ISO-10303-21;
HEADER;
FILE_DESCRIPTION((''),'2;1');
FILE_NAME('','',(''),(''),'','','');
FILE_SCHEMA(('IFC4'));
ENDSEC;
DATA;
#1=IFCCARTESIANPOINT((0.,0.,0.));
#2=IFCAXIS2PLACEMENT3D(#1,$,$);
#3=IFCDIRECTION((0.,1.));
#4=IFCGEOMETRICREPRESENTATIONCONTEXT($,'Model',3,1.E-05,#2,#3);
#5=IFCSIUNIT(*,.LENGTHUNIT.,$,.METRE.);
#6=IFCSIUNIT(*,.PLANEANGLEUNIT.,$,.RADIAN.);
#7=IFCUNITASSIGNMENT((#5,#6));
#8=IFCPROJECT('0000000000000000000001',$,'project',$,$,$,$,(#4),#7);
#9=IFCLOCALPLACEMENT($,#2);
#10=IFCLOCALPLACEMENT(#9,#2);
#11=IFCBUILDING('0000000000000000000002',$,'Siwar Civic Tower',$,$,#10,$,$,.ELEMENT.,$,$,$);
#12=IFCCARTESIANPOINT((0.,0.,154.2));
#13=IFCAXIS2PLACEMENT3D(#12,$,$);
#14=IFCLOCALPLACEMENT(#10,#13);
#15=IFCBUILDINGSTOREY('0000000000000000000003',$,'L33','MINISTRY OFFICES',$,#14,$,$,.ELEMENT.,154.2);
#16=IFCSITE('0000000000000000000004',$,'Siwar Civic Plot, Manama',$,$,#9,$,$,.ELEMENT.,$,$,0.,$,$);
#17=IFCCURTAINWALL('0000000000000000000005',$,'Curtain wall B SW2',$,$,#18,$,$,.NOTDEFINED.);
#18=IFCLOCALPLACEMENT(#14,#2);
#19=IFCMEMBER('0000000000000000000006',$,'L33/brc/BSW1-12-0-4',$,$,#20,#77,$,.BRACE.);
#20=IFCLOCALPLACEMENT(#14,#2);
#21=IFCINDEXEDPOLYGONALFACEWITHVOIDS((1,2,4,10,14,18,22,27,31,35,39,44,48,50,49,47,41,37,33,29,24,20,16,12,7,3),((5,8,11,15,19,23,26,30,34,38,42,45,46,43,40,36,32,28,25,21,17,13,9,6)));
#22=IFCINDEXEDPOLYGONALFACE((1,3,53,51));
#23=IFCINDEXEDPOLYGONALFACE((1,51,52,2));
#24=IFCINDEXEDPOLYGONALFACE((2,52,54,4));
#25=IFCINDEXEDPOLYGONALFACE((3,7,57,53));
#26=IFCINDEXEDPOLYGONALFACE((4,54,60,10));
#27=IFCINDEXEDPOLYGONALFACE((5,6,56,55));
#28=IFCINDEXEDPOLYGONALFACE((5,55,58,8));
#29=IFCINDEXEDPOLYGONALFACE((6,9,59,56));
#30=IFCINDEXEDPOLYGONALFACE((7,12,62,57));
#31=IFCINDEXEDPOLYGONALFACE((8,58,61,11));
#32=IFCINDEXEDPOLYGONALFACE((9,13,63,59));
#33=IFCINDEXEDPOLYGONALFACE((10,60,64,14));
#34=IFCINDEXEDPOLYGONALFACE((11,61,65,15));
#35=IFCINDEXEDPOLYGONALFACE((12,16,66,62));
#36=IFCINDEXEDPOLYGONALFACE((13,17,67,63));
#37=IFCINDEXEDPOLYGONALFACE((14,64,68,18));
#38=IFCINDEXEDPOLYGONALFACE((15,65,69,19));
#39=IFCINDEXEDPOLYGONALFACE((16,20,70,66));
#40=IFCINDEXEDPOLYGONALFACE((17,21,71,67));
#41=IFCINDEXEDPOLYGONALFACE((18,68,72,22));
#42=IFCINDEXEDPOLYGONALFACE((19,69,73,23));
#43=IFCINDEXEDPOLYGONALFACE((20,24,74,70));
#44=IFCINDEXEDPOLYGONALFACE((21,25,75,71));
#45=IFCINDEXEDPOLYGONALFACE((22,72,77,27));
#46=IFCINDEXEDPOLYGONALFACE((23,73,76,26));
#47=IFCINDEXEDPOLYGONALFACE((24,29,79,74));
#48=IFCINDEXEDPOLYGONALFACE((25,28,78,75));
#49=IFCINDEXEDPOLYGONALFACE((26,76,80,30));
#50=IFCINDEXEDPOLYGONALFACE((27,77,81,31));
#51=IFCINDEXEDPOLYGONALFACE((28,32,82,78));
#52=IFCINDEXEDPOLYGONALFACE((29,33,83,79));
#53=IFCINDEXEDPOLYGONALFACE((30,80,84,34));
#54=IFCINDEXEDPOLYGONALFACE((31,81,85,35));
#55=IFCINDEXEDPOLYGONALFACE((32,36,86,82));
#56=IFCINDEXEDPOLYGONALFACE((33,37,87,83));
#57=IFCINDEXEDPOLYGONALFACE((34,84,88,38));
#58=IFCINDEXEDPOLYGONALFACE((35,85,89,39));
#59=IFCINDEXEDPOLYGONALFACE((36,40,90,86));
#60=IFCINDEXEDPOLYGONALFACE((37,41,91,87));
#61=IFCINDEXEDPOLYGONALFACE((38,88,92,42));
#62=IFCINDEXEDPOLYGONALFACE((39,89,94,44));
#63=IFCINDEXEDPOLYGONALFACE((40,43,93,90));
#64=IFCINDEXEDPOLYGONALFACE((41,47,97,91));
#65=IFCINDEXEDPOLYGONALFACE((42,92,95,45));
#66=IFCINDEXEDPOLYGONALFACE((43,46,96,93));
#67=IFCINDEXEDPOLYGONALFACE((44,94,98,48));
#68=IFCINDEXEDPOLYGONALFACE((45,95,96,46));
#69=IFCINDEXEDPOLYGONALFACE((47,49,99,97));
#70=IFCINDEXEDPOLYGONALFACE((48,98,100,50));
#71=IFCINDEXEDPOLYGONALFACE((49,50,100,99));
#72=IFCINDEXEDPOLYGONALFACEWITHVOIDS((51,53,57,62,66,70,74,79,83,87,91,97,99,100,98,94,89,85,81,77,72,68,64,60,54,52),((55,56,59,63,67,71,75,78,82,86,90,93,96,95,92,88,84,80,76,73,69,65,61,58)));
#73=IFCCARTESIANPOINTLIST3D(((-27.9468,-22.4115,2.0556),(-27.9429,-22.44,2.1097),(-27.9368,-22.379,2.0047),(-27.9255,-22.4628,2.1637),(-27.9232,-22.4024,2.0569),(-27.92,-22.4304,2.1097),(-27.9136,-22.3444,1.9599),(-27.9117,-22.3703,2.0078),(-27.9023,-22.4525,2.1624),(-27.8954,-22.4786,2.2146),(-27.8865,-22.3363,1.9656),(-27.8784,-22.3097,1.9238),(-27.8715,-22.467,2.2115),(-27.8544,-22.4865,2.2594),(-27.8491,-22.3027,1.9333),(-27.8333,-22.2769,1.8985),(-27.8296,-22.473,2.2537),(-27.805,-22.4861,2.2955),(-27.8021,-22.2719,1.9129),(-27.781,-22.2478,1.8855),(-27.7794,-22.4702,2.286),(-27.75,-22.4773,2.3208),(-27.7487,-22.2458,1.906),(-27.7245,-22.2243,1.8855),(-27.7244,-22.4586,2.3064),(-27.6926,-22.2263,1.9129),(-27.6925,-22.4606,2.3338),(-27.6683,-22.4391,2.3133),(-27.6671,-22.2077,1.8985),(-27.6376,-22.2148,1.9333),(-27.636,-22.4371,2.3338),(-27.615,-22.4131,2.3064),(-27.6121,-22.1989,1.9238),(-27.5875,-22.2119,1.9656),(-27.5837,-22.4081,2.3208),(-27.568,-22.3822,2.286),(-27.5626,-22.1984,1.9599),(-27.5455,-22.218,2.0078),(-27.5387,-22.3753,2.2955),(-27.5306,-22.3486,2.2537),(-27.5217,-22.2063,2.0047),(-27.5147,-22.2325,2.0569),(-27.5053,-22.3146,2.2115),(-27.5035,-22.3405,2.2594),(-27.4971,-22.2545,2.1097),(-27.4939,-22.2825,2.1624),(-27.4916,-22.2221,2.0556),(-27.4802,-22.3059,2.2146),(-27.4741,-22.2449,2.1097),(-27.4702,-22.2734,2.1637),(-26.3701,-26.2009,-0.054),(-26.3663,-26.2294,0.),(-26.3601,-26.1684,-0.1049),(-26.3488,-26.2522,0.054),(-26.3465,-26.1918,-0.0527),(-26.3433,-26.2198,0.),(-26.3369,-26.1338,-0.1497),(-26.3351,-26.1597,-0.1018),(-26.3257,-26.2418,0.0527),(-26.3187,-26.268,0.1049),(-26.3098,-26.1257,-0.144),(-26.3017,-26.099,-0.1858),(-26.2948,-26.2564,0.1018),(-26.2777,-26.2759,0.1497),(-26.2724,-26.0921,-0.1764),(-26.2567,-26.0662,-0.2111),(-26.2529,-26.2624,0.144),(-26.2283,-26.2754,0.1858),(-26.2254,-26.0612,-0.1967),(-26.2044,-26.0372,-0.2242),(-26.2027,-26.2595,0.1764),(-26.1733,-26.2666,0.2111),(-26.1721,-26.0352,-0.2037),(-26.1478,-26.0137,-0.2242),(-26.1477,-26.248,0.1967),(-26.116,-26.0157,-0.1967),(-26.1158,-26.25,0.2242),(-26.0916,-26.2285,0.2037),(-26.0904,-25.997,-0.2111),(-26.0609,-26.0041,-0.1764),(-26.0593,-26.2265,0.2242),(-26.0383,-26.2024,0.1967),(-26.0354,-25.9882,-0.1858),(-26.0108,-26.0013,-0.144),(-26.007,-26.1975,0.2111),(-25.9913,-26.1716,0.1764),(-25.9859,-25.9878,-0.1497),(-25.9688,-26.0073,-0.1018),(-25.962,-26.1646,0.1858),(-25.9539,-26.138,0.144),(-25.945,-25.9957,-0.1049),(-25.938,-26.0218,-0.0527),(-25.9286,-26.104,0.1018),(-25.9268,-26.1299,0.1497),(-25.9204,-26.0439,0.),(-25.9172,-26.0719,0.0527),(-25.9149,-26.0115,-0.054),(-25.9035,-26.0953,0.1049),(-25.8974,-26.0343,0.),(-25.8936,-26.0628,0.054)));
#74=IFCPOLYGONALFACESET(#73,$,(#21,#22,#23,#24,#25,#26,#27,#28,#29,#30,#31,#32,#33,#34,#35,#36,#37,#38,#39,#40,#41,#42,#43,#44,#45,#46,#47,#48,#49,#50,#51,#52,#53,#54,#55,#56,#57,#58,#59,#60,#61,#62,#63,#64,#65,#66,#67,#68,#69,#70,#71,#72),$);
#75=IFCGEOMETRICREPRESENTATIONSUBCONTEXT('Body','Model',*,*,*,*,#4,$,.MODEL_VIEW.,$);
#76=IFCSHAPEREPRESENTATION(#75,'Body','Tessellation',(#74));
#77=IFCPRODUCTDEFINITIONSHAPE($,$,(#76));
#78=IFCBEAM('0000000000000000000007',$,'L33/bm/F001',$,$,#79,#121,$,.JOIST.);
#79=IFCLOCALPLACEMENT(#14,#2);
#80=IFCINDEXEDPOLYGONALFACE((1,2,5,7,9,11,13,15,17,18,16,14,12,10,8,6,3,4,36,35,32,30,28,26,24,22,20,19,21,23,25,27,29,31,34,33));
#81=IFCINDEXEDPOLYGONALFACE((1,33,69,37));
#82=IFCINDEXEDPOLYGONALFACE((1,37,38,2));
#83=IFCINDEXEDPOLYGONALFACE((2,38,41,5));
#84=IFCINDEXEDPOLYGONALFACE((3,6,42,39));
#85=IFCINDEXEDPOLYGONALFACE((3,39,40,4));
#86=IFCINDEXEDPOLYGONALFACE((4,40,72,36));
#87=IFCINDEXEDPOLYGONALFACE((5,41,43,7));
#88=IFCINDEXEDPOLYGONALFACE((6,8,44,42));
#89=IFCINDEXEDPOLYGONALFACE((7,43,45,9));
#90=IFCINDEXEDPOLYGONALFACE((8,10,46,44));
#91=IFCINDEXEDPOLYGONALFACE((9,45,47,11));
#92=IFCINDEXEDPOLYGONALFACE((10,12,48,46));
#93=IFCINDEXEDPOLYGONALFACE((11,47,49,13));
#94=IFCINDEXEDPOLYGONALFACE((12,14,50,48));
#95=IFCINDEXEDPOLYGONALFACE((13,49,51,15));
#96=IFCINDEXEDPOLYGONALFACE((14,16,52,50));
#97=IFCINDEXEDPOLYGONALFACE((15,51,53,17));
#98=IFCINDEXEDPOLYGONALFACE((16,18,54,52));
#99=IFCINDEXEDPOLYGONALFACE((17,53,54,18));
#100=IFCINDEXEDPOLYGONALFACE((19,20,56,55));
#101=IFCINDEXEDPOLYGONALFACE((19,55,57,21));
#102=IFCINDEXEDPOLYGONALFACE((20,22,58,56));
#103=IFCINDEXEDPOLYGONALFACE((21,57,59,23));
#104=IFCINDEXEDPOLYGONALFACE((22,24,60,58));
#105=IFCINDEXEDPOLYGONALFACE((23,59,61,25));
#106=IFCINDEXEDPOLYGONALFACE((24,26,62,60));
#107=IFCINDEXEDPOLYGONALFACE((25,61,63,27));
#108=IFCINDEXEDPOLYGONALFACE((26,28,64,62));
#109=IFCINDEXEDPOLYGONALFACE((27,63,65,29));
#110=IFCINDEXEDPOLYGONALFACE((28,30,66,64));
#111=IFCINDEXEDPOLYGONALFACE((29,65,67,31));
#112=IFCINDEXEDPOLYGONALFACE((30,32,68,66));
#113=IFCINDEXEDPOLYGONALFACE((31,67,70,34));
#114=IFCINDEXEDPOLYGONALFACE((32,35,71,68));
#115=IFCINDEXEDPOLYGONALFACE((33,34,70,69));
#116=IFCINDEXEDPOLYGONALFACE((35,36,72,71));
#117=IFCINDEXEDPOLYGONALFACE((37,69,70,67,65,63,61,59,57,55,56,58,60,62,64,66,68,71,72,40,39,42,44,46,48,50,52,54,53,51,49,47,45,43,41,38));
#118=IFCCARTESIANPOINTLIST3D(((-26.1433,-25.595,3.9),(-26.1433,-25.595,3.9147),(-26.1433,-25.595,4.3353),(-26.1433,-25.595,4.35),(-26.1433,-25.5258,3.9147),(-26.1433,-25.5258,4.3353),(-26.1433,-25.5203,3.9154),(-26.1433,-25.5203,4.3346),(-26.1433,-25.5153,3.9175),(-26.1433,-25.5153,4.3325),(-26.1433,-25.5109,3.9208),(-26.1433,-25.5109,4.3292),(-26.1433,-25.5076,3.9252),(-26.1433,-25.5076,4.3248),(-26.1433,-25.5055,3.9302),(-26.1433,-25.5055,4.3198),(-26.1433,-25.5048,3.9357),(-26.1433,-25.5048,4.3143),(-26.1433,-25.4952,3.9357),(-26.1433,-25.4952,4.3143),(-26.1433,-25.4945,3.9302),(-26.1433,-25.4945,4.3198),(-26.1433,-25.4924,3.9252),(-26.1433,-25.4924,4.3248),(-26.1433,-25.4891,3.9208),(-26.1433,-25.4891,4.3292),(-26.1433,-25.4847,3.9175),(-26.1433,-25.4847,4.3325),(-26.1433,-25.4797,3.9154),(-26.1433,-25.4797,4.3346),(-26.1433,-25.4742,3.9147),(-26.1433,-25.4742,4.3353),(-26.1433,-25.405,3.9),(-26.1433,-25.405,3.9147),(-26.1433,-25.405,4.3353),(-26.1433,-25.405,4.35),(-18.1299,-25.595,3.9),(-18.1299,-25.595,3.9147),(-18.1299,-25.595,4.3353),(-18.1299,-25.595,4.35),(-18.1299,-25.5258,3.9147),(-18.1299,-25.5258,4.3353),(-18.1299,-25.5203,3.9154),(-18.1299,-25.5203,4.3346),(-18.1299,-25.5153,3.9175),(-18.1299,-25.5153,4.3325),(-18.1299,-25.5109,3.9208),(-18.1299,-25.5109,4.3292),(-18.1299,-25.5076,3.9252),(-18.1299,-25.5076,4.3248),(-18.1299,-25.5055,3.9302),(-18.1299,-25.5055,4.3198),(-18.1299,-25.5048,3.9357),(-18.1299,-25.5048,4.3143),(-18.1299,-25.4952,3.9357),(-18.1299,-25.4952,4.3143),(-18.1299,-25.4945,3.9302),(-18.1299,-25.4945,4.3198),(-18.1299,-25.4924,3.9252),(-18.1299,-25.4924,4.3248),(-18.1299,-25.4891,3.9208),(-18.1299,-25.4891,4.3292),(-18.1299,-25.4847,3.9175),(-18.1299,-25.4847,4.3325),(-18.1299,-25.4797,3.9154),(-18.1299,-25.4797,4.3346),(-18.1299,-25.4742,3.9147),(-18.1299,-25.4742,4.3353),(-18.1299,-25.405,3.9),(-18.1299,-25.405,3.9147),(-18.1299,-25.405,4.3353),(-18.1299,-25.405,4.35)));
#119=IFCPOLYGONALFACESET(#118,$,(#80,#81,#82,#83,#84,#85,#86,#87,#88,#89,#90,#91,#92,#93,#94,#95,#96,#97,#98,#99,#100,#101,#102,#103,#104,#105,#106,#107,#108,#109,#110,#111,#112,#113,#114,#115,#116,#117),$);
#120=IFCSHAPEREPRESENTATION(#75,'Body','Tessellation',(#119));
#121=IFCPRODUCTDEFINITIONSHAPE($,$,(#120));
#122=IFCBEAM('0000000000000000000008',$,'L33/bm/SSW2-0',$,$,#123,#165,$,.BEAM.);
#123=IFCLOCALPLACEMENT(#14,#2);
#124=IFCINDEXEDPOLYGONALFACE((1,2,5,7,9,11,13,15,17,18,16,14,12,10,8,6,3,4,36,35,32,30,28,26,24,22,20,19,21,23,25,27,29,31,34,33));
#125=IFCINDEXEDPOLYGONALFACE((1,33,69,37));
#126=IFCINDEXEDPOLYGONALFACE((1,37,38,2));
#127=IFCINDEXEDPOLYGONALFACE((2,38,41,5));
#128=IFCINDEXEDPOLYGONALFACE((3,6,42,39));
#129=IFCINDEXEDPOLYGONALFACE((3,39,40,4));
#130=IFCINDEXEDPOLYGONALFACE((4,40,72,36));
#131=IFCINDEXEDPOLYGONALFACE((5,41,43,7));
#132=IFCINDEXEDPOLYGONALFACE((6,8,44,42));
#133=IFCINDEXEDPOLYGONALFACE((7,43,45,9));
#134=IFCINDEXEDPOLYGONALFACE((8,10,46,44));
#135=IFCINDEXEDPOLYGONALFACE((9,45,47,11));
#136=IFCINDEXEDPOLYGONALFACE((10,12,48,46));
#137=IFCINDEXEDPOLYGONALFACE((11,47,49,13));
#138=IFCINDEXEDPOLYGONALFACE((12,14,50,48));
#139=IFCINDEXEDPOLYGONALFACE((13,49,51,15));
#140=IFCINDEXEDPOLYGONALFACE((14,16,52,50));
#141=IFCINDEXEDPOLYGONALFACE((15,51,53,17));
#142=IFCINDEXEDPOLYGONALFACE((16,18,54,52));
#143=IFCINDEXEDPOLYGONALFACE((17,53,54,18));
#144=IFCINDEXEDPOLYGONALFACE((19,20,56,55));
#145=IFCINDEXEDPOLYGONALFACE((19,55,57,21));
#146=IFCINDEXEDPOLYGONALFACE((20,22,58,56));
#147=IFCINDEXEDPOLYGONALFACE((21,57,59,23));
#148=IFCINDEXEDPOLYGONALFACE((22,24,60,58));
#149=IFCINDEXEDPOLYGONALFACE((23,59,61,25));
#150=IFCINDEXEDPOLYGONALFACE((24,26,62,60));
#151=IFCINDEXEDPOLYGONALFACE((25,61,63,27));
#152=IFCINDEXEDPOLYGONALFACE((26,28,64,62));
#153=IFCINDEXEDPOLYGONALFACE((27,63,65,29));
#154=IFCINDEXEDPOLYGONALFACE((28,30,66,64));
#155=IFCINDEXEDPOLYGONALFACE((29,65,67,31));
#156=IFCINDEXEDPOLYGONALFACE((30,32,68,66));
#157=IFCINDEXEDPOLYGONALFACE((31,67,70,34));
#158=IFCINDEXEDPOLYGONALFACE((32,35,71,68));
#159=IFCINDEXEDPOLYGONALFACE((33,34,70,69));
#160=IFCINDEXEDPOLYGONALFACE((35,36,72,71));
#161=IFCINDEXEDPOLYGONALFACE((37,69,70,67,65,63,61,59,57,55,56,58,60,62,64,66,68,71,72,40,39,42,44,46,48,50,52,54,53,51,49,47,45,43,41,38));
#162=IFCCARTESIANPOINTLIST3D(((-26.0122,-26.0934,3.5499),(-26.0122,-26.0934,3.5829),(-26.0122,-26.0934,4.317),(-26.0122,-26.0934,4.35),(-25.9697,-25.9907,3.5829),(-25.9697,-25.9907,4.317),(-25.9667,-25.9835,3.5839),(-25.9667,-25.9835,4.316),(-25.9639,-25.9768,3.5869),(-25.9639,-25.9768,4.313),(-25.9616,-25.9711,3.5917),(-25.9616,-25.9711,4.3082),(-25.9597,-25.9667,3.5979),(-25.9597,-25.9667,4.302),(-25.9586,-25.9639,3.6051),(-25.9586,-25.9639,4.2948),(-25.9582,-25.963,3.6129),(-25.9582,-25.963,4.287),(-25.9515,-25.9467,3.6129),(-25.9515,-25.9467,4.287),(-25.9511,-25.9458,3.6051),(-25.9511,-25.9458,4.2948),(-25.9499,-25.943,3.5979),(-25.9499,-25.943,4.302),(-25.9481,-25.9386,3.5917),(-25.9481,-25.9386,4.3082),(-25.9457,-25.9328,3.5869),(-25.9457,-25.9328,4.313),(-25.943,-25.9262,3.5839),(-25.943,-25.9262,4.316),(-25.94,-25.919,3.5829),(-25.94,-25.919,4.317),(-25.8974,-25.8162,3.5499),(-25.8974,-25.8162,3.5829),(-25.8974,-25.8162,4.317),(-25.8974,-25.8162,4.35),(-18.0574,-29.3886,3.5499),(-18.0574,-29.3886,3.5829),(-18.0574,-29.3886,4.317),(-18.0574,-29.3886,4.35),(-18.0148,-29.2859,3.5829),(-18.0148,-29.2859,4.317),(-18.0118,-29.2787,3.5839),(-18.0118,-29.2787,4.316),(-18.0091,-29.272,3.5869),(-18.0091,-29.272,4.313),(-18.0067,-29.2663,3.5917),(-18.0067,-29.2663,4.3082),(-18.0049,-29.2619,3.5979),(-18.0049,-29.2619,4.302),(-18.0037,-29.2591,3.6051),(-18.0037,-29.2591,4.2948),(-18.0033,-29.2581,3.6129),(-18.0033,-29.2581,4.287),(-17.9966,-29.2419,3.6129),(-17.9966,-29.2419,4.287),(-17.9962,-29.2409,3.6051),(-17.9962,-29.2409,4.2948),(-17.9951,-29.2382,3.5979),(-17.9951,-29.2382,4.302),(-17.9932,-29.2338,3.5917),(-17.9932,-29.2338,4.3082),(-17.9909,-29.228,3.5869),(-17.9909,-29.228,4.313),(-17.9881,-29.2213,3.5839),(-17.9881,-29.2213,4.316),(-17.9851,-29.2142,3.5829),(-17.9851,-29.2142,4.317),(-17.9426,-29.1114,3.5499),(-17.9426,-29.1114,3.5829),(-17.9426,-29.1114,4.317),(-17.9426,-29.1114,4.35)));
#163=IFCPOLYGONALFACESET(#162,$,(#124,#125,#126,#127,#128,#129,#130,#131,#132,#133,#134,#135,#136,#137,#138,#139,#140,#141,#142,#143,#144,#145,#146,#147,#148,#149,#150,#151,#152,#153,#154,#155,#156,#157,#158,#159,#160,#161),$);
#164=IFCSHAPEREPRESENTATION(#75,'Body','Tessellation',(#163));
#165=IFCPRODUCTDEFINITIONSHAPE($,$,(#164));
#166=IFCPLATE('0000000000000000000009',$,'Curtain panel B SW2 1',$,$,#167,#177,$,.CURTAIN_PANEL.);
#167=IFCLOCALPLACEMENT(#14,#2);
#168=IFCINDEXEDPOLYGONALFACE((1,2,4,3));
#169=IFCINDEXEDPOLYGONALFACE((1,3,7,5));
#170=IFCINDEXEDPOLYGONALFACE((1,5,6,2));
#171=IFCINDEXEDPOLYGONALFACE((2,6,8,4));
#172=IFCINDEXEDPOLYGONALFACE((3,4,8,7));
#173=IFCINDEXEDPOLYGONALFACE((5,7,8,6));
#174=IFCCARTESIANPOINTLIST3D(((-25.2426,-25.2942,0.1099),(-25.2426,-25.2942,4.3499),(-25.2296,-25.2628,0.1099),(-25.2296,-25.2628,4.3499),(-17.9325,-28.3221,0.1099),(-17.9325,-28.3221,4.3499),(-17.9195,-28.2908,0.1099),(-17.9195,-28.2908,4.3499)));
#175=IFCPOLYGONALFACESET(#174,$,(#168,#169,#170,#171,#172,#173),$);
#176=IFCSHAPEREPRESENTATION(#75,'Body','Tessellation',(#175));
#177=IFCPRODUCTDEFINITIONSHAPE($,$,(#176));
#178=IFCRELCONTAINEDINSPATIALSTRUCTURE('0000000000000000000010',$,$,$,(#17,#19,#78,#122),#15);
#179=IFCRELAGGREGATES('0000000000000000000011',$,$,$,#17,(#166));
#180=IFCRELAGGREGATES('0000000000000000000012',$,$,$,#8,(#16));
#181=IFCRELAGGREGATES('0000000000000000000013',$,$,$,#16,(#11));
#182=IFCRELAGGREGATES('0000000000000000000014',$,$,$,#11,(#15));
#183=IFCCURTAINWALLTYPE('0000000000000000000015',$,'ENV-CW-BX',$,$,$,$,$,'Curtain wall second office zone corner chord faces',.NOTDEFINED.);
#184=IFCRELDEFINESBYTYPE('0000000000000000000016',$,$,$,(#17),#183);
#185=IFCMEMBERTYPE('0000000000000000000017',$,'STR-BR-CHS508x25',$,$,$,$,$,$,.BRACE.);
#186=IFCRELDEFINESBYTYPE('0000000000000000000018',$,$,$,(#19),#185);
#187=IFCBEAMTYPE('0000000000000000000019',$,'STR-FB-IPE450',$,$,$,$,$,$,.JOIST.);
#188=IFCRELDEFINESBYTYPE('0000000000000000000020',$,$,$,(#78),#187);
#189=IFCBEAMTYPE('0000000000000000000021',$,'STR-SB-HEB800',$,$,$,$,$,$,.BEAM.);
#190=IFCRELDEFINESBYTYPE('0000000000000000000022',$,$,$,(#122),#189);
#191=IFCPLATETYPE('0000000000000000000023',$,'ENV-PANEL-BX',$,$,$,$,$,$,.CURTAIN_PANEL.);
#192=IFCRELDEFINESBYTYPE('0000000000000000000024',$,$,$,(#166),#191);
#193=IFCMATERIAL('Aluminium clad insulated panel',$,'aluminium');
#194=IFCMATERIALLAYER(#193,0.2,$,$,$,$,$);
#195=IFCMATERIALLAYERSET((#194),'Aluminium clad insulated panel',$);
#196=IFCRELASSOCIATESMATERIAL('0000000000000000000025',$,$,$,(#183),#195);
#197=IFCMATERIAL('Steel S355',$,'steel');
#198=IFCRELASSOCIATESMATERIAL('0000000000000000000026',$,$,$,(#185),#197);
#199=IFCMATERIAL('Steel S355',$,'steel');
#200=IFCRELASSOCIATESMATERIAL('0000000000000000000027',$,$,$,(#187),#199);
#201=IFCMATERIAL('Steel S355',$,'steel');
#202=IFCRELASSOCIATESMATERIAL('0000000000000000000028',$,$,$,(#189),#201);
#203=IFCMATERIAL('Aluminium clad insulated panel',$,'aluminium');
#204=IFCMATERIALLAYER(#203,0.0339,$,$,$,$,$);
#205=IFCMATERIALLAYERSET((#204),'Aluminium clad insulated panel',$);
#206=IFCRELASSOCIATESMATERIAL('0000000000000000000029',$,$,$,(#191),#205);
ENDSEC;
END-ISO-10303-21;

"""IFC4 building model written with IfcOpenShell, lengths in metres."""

from ifc_helpers import new_model, si_unit, direction, frame, origin, origin_2d, place, context, subcontext, project, spatial, rectangle, hollow_circle, i_section, extrude, material, layer, layer_set, material_profile, profile_set, type_object, element, aggregate, save


model = new_model("IFC4")

# Units and contexts
model_context = context("Model", 3, precision=1e-05, world=origin(), true_north=direction((0.0, 1.0)))
body_context = subcontext(model_context, "Body", "Model", "MODEL_VIEW")
ifc_project = project(units=[si_unit("LENGTHUNIT", "METRE"), si_unit("PLANEANGLEUNIT", "RADIAN")], contexts=[model_context])

# Site, building, storey
site_placement = place(None, origin())
site = spatial("IfcSite", under=ifc_project, at=site_placement, Name="Siwar Civic Plot, Manama", CompositionType="ELEMENT", RefElevation=0.0)
building_placement = place(site_placement, origin())
building = spatial("IfcBuilding", under=site, at=building_placement, Name="Siwar Civic Tower", CompositionType="ELEMENT")
storey_placement = place(building_placement, frame((0.0, 0.0, 154.2)))
storey = spatial("IfcBuildingStorey", under=building, at=storey_placement, Name="L33", Description="MINISTRY OFFICES", CompositionType="ELEMENT", Elevation=154.2)

# Curtain wall
ifc_material_1 = material(Name="Aluminium clad insulated panel", Category="aluminium")
ifc_layer_1 = layer(ifc_material_1, 0.2)
ifc_layer_set_1 = layer_set([ifc_layer_1], Name="Aluminium clad insulated panel")
curtain_wall_type = type_object("IfcCurtainWallType", Name="ENV-CW-BX", ElementType="Curtain wall second office zone corner chord faces", PredefinedType="NOTDEFINED", material=ifc_layer_set_1)
curtain_wall_placement = place(storey_placement, origin())
curtain_wall = element("IfcCurtainWall", 1, at=curtain_wall_placement, inside=storey, type_object=curtain_wall_type, Name="Curtain wall B SW2", PredefinedType="NOTDEFINED")

# Member
ifc_material_2 = material(Name="Steel S355", Category="steel")
ifc_material_profile_1 = material_profile(ifc_material_2, hollow_circle(Radius=0.2539, WallThickness=0.0249, at=origin_2d()), Name="CHS508x25")
ifc_profile_set_1 = profile_set([ifc_material_profile_1], Name="Steel S355")
member_type_1 = type_object("IfcMemberType", Name="STR-BR-CHS508x25", PredefinedType="BRACE", material=ifc_profile_set_1)
member_1_placement = place(storey_placement, frame((-26.1318, -26.1318, 0.0), z_axis=(-0.341662, 0.821143, 0.457155), x_axis=(-0.923269, -0.384155, 0.0)))
element("IfcMember", 2, at=member_1_placement, inside=storey, type_object=member_type_1, Name="L33/brc/BSW1-12-0-4", PredefinedType="BRACE", context=body_context, shape_type="SweptSolid", body=[
    extrude(hollow_circle(Radius=0.2539, WallThickness=0.0249, at=origin_2d()), origin(), (0.0, 0.0, 1.0), 4.6147),
])

# Beams
ifc_material_3 = material(Name="Steel S355", Category="steel")
ifc_material_profile_2 = material_profile(ifc_material_3, i_section(OverallWidth=0.1899, OverallDepth=0.45, WebThickness=0.0095, FlangeThickness=0.0146, FilletRadius=0.021, at=origin_2d()), Name="IPE450")
ifc_profile_set_2 = profile_set([ifc_material_profile_2], Name="Steel S355")
beam_type_1 = type_object("IfcBeamType", Name="STR-FB-IPE450", PredefinedType="JOIST", material=ifc_profile_set_2)
beam_1_placement = place(storey_placement, frame((-26.1433, -25.5, 4.125), z_axis=(1.0, 0.0, 0.0), x_axis=(0.0, 1.0, 0.0)))
element("IfcBeam", 3, at=beam_1_placement, inside=storey, type_object=beam_type_1, Name="L33/bm/F001", PredefinedType="JOIST", context=body_context, shape_type="SweptSolid", body=[
    extrude(i_section(OverallWidth=0.1899, OverallDepth=0.45, WebThickness=0.0095, FlangeThickness=0.0146, FilletRadius=0.021, at=origin_2d()), origin(), (0.0, 0.0, 1.0), 8.0134),
])
ifc_material_4 = material(Name="Steel S355", Category="steel")
ifc_material_profile_3 = material_profile(ifc_material_4, i_section(OverallWidth=0.3, OverallDepth=0.8, WebThickness=0.0176, FlangeThickness=0.033, FilletRadius=0.03, at=origin_2d()), Name="HEB800")
ifc_profile_set_3 = profile_set([ifc_material_profile_3], Name="Steel S355")
beam_type_2 = type_object("IfcBeamType", Name="STR-SB-HEB800", PredefinedType="BEAM", material=ifc_profile_set_3)
beam_2_placement = place(storey_placement, frame((-25.9548, -25.9548, 3.95), z_axis=(0.923873, -0.3827, 0.0), x_axis=(0.3827, 0.923873, 0.0)))
element("IfcBeam", 4, at=beam_2_placement, inside=storey, type_object=beam_type_2, Name="L33/bm/SSW2-0", PredefinedType="BEAM", context=body_context, shape_type="SweptSolid", body=[
    extrude(i_section(OverallWidth=0.3, OverallDepth=0.8, WebThickness=0.0176, FlangeThickness=0.033, FilletRadius=0.03, at=origin_2d()), origin(), (0.0, 0.0, 1.0), 8.6104),
])

# Plate
ifc_material_5 = material(Name="Aluminium clad insulated panel", Category="aluminium")
ifc_layer_2 = layer(ifc_material_5, 0.0339)
ifc_layer_set_2 = layer_set([ifc_layer_2], Name="Aluminium clad insulated panel")
plate_type = type_object("IfcPlateType", Name="ENV-PANEL-BX", PredefinedType="CURTAIN_PANEL", material=ifc_layer_set_2)
plate_placement = place(storey_placement, frame((-21.5811, -26.7925, 0.1099), z_axis=(0.0, 0.0, 1.0), x_axis=(0.92388, -0.382683, 0.0)))
plate = element("IfcPlate", 5, at=plate_placement, type_object=plate_type, Name="Curtain panel B SW2 1", PredefinedType="CURTAIN_PANEL", context=body_context, shape_type="SweptSolid", body=[
    extrude(rectangle(XDim=7.9124, YDim=0.0339, at=origin_2d()), origin(), (0.0, 0.0, 1.0), 4.24),
])
aggregate(curtain_wall, [plate])

save(model, "model.ifc")
